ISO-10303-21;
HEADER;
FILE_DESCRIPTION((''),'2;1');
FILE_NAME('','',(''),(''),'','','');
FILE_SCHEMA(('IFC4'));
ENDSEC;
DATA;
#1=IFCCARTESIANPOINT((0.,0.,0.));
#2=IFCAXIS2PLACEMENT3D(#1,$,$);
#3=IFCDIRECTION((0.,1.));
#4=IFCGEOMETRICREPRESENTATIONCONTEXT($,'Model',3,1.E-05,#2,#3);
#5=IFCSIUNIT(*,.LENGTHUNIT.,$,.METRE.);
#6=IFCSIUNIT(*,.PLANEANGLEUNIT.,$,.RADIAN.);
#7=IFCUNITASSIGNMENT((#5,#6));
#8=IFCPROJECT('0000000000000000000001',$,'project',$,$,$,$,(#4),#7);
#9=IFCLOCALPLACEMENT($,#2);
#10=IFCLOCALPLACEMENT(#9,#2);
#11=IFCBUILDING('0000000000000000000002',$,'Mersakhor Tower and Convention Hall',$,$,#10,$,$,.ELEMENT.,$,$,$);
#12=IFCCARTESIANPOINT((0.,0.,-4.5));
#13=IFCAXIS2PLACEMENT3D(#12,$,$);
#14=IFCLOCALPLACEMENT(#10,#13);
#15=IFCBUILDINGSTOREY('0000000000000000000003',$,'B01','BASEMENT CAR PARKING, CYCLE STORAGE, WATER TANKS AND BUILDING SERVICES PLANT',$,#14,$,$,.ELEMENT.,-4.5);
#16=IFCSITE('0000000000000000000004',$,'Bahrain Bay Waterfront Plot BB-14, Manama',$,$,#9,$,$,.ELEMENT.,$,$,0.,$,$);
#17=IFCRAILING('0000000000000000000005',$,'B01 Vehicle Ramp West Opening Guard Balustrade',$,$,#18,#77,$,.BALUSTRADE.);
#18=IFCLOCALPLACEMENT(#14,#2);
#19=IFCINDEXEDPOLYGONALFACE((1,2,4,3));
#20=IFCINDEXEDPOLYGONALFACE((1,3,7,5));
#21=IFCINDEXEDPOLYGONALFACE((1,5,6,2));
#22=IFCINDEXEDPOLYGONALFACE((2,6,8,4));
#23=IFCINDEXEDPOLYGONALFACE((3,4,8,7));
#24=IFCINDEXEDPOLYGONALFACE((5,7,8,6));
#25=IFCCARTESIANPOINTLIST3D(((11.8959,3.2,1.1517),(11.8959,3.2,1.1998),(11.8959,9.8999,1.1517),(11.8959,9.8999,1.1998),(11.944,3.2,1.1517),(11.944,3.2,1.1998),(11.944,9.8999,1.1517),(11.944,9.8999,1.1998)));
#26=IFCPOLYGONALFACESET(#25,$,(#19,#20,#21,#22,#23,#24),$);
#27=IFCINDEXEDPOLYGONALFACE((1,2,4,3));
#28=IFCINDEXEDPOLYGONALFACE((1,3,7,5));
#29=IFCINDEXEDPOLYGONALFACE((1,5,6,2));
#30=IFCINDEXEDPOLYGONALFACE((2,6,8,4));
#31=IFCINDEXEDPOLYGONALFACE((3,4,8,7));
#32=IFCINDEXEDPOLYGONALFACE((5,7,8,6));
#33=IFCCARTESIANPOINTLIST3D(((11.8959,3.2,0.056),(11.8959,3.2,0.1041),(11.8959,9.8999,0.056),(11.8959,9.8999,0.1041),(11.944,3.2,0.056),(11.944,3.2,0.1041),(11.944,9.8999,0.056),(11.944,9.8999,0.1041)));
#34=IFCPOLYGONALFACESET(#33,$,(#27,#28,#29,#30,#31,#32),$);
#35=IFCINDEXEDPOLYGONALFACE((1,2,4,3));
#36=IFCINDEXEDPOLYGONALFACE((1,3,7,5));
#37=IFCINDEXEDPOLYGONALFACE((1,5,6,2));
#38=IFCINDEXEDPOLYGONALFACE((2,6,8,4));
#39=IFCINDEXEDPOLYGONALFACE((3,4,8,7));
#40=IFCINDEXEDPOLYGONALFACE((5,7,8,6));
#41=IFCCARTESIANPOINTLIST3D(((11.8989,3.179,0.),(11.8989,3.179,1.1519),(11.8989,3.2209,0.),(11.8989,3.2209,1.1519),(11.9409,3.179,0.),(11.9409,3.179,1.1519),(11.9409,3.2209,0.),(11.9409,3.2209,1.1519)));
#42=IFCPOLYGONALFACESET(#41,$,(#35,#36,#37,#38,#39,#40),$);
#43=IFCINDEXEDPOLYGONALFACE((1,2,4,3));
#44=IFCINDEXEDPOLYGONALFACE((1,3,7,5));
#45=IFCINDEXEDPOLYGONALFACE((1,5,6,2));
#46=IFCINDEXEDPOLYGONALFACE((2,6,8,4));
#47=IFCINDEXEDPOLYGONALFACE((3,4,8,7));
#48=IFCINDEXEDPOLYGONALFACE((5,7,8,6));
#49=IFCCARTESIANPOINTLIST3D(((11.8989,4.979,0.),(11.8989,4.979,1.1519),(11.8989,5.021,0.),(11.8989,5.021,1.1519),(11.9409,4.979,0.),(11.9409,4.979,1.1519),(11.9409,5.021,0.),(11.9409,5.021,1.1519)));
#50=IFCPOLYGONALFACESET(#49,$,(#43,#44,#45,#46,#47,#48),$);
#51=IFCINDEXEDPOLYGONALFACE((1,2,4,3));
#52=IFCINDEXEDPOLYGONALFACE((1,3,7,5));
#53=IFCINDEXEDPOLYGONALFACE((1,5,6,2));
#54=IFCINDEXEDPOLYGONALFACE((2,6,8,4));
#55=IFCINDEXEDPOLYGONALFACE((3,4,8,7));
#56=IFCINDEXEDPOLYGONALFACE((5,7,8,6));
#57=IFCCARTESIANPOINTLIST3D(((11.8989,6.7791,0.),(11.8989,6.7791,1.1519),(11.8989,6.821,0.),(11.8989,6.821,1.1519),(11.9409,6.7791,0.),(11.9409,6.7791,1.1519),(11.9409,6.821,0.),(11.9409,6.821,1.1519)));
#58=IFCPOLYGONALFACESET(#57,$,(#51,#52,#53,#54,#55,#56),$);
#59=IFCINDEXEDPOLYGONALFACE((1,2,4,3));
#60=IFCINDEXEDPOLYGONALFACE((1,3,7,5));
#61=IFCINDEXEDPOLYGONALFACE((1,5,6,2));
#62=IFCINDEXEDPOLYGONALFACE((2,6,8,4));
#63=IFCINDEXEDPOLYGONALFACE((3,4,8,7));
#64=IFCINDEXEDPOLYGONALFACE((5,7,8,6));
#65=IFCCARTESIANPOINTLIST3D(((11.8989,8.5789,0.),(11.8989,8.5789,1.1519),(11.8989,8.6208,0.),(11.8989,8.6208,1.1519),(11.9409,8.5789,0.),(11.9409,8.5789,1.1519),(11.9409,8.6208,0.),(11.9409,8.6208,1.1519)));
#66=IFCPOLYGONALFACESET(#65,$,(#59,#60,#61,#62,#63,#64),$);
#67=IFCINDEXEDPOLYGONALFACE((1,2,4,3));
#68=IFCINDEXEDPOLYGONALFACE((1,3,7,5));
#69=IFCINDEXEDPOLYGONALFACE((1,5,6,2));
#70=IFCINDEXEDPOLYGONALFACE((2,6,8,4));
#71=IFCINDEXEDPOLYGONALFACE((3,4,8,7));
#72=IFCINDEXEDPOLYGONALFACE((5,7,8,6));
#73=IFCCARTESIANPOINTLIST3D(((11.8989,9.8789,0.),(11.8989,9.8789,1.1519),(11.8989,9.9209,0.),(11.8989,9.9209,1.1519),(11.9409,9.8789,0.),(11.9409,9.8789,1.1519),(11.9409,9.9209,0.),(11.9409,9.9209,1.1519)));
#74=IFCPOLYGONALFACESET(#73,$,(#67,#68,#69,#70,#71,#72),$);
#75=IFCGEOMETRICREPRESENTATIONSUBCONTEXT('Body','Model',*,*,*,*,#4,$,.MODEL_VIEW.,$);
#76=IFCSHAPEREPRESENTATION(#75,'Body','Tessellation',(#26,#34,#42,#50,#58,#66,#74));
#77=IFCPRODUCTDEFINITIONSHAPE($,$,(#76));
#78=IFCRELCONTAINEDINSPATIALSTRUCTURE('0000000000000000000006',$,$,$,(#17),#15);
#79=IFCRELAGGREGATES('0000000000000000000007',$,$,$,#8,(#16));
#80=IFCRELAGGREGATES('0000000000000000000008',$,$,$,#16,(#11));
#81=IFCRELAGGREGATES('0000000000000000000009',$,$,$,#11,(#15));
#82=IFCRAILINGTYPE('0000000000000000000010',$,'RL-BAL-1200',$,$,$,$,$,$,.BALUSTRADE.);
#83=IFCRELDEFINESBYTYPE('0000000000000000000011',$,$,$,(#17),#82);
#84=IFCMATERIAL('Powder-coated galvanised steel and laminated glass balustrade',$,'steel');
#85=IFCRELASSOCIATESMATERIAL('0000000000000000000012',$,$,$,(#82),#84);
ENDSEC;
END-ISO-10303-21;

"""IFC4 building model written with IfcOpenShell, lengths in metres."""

from ifc_helpers import new_model, si_unit, direction, frame, origin, origin_2d, place, context, subcontext, project, spatial, rectangle, extrude, material, type_object, element, save


model = new_model("IFC4")

# Units and contexts
model_context = context("Model", 3, precision=1e-05, world=origin(), true_north=direction((0.0, 1.0)))
body_context = subcontext(model_context, "Body", "Model", "MODEL_VIEW")
ifc_project = project(units=[si_unit("LENGTHUNIT", "METRE"), si_unit("PLANEANGLEUNIT", "RADIAN")], contexts=[model_context])

# Site, building, storey
site_placement = place(None, origin())
site = spatial("IfcSite", under=ifc_project, at=site_placement, Name="Bahrain Bay Waterfront Plot BB-14, Manama", CompositionType="ELEMENT", RefElevation=0.0)
building_placement = place(site_placement, origin())
building = spatial("IfcBuilding", under=site, at=building_placement, Name="Mersakhor Tower and Convention Hall", CompositionType="ELEMENT")
storey_placement = place(building_placement, frame((0.0, 0.0, -4.5)))
storey = spatial("IfcBuildingStorey", under=building, at=storey_placement, Name="B01", Description="BASEMENT CAR PARKING, CYCLE STORAGE, WATER TANKS AND BUILDING SERVICES PLANT", CompositionType="ELEMENT", Elevation=-4.5)

# Railing
ifc_material_1 = material(Name="Powder-coated galvanised steel and laminated glass balustrade", Category="steel")
railing_type = type_object("IfcRailingType", Name="RL-BAL-1200", PredefinedType="BALUSTRADE", material=ifc_material_1)
railing_placement = place(storey_placement, frame((11.9199, 3.2, 0.0)))
element("IfcRailing", 1, at=railing_placement, inside=storey, type_object=railing_type, Name="B01 Vehicle Ramp West Opening Guard Balustrade", PredefinedType="BALUSTRADE", context=body_context, shape_type="SweptSolid", body=[
    extrude(rectangle(XDim=0.0481, YDim=0.0481, at=origin_2d()), frame((0.0, 0.0, 1.1758), z_axis=(0.0, 1.0, 0.0), x_axis=(-1.0, 0.0, 0.0)), (0.0, 0.0, 1.0), 6.7),
    extrude(rectangle(XDim=0.0481, YDim=0.0481, at=origin_2d()), frame((0.0, 0.0, 0.0801), z_axis=(0.0, 1.0, 0.0), x_axis=(-1.0, 0.0, 0.0)), (0.0, 0.0, 1.0), 6.7),
    extrude(rectangle(XDim=0.042, YDim=0.042, at=origin_2d()), origin(), (0.0, 0.0, 1.0), 1.1519),
    extrude(rectangle(XDim=0.042, YDim=0.042, at=origin_2d()), frame((0.0, 1.8, 0.0)), (0.0, 0.0, 1.0), 1.1519),
    extrude(rectangle(XDim=0.042, YDim=0.042, at=origin_2d()), frame((0.0, 3.6001, 0.0)), (0.0, 0.0, 1.0), 1.1519),
    extrude(rectangle(XDim=0.042, YDim=0.042, at=origin_2d()), frame((0.0, 5.3999, 0.0)), (0.0, 0.0, 1.0), 1.1519),
    extrude(rectangle(XDim=0.042, YDim=0.042, at=origin_2d()), frame((0.0, 6.7, 0.0)), (0.0, 0.0, 1.0), 1.1519),
])

save(model, "model.ifc")
